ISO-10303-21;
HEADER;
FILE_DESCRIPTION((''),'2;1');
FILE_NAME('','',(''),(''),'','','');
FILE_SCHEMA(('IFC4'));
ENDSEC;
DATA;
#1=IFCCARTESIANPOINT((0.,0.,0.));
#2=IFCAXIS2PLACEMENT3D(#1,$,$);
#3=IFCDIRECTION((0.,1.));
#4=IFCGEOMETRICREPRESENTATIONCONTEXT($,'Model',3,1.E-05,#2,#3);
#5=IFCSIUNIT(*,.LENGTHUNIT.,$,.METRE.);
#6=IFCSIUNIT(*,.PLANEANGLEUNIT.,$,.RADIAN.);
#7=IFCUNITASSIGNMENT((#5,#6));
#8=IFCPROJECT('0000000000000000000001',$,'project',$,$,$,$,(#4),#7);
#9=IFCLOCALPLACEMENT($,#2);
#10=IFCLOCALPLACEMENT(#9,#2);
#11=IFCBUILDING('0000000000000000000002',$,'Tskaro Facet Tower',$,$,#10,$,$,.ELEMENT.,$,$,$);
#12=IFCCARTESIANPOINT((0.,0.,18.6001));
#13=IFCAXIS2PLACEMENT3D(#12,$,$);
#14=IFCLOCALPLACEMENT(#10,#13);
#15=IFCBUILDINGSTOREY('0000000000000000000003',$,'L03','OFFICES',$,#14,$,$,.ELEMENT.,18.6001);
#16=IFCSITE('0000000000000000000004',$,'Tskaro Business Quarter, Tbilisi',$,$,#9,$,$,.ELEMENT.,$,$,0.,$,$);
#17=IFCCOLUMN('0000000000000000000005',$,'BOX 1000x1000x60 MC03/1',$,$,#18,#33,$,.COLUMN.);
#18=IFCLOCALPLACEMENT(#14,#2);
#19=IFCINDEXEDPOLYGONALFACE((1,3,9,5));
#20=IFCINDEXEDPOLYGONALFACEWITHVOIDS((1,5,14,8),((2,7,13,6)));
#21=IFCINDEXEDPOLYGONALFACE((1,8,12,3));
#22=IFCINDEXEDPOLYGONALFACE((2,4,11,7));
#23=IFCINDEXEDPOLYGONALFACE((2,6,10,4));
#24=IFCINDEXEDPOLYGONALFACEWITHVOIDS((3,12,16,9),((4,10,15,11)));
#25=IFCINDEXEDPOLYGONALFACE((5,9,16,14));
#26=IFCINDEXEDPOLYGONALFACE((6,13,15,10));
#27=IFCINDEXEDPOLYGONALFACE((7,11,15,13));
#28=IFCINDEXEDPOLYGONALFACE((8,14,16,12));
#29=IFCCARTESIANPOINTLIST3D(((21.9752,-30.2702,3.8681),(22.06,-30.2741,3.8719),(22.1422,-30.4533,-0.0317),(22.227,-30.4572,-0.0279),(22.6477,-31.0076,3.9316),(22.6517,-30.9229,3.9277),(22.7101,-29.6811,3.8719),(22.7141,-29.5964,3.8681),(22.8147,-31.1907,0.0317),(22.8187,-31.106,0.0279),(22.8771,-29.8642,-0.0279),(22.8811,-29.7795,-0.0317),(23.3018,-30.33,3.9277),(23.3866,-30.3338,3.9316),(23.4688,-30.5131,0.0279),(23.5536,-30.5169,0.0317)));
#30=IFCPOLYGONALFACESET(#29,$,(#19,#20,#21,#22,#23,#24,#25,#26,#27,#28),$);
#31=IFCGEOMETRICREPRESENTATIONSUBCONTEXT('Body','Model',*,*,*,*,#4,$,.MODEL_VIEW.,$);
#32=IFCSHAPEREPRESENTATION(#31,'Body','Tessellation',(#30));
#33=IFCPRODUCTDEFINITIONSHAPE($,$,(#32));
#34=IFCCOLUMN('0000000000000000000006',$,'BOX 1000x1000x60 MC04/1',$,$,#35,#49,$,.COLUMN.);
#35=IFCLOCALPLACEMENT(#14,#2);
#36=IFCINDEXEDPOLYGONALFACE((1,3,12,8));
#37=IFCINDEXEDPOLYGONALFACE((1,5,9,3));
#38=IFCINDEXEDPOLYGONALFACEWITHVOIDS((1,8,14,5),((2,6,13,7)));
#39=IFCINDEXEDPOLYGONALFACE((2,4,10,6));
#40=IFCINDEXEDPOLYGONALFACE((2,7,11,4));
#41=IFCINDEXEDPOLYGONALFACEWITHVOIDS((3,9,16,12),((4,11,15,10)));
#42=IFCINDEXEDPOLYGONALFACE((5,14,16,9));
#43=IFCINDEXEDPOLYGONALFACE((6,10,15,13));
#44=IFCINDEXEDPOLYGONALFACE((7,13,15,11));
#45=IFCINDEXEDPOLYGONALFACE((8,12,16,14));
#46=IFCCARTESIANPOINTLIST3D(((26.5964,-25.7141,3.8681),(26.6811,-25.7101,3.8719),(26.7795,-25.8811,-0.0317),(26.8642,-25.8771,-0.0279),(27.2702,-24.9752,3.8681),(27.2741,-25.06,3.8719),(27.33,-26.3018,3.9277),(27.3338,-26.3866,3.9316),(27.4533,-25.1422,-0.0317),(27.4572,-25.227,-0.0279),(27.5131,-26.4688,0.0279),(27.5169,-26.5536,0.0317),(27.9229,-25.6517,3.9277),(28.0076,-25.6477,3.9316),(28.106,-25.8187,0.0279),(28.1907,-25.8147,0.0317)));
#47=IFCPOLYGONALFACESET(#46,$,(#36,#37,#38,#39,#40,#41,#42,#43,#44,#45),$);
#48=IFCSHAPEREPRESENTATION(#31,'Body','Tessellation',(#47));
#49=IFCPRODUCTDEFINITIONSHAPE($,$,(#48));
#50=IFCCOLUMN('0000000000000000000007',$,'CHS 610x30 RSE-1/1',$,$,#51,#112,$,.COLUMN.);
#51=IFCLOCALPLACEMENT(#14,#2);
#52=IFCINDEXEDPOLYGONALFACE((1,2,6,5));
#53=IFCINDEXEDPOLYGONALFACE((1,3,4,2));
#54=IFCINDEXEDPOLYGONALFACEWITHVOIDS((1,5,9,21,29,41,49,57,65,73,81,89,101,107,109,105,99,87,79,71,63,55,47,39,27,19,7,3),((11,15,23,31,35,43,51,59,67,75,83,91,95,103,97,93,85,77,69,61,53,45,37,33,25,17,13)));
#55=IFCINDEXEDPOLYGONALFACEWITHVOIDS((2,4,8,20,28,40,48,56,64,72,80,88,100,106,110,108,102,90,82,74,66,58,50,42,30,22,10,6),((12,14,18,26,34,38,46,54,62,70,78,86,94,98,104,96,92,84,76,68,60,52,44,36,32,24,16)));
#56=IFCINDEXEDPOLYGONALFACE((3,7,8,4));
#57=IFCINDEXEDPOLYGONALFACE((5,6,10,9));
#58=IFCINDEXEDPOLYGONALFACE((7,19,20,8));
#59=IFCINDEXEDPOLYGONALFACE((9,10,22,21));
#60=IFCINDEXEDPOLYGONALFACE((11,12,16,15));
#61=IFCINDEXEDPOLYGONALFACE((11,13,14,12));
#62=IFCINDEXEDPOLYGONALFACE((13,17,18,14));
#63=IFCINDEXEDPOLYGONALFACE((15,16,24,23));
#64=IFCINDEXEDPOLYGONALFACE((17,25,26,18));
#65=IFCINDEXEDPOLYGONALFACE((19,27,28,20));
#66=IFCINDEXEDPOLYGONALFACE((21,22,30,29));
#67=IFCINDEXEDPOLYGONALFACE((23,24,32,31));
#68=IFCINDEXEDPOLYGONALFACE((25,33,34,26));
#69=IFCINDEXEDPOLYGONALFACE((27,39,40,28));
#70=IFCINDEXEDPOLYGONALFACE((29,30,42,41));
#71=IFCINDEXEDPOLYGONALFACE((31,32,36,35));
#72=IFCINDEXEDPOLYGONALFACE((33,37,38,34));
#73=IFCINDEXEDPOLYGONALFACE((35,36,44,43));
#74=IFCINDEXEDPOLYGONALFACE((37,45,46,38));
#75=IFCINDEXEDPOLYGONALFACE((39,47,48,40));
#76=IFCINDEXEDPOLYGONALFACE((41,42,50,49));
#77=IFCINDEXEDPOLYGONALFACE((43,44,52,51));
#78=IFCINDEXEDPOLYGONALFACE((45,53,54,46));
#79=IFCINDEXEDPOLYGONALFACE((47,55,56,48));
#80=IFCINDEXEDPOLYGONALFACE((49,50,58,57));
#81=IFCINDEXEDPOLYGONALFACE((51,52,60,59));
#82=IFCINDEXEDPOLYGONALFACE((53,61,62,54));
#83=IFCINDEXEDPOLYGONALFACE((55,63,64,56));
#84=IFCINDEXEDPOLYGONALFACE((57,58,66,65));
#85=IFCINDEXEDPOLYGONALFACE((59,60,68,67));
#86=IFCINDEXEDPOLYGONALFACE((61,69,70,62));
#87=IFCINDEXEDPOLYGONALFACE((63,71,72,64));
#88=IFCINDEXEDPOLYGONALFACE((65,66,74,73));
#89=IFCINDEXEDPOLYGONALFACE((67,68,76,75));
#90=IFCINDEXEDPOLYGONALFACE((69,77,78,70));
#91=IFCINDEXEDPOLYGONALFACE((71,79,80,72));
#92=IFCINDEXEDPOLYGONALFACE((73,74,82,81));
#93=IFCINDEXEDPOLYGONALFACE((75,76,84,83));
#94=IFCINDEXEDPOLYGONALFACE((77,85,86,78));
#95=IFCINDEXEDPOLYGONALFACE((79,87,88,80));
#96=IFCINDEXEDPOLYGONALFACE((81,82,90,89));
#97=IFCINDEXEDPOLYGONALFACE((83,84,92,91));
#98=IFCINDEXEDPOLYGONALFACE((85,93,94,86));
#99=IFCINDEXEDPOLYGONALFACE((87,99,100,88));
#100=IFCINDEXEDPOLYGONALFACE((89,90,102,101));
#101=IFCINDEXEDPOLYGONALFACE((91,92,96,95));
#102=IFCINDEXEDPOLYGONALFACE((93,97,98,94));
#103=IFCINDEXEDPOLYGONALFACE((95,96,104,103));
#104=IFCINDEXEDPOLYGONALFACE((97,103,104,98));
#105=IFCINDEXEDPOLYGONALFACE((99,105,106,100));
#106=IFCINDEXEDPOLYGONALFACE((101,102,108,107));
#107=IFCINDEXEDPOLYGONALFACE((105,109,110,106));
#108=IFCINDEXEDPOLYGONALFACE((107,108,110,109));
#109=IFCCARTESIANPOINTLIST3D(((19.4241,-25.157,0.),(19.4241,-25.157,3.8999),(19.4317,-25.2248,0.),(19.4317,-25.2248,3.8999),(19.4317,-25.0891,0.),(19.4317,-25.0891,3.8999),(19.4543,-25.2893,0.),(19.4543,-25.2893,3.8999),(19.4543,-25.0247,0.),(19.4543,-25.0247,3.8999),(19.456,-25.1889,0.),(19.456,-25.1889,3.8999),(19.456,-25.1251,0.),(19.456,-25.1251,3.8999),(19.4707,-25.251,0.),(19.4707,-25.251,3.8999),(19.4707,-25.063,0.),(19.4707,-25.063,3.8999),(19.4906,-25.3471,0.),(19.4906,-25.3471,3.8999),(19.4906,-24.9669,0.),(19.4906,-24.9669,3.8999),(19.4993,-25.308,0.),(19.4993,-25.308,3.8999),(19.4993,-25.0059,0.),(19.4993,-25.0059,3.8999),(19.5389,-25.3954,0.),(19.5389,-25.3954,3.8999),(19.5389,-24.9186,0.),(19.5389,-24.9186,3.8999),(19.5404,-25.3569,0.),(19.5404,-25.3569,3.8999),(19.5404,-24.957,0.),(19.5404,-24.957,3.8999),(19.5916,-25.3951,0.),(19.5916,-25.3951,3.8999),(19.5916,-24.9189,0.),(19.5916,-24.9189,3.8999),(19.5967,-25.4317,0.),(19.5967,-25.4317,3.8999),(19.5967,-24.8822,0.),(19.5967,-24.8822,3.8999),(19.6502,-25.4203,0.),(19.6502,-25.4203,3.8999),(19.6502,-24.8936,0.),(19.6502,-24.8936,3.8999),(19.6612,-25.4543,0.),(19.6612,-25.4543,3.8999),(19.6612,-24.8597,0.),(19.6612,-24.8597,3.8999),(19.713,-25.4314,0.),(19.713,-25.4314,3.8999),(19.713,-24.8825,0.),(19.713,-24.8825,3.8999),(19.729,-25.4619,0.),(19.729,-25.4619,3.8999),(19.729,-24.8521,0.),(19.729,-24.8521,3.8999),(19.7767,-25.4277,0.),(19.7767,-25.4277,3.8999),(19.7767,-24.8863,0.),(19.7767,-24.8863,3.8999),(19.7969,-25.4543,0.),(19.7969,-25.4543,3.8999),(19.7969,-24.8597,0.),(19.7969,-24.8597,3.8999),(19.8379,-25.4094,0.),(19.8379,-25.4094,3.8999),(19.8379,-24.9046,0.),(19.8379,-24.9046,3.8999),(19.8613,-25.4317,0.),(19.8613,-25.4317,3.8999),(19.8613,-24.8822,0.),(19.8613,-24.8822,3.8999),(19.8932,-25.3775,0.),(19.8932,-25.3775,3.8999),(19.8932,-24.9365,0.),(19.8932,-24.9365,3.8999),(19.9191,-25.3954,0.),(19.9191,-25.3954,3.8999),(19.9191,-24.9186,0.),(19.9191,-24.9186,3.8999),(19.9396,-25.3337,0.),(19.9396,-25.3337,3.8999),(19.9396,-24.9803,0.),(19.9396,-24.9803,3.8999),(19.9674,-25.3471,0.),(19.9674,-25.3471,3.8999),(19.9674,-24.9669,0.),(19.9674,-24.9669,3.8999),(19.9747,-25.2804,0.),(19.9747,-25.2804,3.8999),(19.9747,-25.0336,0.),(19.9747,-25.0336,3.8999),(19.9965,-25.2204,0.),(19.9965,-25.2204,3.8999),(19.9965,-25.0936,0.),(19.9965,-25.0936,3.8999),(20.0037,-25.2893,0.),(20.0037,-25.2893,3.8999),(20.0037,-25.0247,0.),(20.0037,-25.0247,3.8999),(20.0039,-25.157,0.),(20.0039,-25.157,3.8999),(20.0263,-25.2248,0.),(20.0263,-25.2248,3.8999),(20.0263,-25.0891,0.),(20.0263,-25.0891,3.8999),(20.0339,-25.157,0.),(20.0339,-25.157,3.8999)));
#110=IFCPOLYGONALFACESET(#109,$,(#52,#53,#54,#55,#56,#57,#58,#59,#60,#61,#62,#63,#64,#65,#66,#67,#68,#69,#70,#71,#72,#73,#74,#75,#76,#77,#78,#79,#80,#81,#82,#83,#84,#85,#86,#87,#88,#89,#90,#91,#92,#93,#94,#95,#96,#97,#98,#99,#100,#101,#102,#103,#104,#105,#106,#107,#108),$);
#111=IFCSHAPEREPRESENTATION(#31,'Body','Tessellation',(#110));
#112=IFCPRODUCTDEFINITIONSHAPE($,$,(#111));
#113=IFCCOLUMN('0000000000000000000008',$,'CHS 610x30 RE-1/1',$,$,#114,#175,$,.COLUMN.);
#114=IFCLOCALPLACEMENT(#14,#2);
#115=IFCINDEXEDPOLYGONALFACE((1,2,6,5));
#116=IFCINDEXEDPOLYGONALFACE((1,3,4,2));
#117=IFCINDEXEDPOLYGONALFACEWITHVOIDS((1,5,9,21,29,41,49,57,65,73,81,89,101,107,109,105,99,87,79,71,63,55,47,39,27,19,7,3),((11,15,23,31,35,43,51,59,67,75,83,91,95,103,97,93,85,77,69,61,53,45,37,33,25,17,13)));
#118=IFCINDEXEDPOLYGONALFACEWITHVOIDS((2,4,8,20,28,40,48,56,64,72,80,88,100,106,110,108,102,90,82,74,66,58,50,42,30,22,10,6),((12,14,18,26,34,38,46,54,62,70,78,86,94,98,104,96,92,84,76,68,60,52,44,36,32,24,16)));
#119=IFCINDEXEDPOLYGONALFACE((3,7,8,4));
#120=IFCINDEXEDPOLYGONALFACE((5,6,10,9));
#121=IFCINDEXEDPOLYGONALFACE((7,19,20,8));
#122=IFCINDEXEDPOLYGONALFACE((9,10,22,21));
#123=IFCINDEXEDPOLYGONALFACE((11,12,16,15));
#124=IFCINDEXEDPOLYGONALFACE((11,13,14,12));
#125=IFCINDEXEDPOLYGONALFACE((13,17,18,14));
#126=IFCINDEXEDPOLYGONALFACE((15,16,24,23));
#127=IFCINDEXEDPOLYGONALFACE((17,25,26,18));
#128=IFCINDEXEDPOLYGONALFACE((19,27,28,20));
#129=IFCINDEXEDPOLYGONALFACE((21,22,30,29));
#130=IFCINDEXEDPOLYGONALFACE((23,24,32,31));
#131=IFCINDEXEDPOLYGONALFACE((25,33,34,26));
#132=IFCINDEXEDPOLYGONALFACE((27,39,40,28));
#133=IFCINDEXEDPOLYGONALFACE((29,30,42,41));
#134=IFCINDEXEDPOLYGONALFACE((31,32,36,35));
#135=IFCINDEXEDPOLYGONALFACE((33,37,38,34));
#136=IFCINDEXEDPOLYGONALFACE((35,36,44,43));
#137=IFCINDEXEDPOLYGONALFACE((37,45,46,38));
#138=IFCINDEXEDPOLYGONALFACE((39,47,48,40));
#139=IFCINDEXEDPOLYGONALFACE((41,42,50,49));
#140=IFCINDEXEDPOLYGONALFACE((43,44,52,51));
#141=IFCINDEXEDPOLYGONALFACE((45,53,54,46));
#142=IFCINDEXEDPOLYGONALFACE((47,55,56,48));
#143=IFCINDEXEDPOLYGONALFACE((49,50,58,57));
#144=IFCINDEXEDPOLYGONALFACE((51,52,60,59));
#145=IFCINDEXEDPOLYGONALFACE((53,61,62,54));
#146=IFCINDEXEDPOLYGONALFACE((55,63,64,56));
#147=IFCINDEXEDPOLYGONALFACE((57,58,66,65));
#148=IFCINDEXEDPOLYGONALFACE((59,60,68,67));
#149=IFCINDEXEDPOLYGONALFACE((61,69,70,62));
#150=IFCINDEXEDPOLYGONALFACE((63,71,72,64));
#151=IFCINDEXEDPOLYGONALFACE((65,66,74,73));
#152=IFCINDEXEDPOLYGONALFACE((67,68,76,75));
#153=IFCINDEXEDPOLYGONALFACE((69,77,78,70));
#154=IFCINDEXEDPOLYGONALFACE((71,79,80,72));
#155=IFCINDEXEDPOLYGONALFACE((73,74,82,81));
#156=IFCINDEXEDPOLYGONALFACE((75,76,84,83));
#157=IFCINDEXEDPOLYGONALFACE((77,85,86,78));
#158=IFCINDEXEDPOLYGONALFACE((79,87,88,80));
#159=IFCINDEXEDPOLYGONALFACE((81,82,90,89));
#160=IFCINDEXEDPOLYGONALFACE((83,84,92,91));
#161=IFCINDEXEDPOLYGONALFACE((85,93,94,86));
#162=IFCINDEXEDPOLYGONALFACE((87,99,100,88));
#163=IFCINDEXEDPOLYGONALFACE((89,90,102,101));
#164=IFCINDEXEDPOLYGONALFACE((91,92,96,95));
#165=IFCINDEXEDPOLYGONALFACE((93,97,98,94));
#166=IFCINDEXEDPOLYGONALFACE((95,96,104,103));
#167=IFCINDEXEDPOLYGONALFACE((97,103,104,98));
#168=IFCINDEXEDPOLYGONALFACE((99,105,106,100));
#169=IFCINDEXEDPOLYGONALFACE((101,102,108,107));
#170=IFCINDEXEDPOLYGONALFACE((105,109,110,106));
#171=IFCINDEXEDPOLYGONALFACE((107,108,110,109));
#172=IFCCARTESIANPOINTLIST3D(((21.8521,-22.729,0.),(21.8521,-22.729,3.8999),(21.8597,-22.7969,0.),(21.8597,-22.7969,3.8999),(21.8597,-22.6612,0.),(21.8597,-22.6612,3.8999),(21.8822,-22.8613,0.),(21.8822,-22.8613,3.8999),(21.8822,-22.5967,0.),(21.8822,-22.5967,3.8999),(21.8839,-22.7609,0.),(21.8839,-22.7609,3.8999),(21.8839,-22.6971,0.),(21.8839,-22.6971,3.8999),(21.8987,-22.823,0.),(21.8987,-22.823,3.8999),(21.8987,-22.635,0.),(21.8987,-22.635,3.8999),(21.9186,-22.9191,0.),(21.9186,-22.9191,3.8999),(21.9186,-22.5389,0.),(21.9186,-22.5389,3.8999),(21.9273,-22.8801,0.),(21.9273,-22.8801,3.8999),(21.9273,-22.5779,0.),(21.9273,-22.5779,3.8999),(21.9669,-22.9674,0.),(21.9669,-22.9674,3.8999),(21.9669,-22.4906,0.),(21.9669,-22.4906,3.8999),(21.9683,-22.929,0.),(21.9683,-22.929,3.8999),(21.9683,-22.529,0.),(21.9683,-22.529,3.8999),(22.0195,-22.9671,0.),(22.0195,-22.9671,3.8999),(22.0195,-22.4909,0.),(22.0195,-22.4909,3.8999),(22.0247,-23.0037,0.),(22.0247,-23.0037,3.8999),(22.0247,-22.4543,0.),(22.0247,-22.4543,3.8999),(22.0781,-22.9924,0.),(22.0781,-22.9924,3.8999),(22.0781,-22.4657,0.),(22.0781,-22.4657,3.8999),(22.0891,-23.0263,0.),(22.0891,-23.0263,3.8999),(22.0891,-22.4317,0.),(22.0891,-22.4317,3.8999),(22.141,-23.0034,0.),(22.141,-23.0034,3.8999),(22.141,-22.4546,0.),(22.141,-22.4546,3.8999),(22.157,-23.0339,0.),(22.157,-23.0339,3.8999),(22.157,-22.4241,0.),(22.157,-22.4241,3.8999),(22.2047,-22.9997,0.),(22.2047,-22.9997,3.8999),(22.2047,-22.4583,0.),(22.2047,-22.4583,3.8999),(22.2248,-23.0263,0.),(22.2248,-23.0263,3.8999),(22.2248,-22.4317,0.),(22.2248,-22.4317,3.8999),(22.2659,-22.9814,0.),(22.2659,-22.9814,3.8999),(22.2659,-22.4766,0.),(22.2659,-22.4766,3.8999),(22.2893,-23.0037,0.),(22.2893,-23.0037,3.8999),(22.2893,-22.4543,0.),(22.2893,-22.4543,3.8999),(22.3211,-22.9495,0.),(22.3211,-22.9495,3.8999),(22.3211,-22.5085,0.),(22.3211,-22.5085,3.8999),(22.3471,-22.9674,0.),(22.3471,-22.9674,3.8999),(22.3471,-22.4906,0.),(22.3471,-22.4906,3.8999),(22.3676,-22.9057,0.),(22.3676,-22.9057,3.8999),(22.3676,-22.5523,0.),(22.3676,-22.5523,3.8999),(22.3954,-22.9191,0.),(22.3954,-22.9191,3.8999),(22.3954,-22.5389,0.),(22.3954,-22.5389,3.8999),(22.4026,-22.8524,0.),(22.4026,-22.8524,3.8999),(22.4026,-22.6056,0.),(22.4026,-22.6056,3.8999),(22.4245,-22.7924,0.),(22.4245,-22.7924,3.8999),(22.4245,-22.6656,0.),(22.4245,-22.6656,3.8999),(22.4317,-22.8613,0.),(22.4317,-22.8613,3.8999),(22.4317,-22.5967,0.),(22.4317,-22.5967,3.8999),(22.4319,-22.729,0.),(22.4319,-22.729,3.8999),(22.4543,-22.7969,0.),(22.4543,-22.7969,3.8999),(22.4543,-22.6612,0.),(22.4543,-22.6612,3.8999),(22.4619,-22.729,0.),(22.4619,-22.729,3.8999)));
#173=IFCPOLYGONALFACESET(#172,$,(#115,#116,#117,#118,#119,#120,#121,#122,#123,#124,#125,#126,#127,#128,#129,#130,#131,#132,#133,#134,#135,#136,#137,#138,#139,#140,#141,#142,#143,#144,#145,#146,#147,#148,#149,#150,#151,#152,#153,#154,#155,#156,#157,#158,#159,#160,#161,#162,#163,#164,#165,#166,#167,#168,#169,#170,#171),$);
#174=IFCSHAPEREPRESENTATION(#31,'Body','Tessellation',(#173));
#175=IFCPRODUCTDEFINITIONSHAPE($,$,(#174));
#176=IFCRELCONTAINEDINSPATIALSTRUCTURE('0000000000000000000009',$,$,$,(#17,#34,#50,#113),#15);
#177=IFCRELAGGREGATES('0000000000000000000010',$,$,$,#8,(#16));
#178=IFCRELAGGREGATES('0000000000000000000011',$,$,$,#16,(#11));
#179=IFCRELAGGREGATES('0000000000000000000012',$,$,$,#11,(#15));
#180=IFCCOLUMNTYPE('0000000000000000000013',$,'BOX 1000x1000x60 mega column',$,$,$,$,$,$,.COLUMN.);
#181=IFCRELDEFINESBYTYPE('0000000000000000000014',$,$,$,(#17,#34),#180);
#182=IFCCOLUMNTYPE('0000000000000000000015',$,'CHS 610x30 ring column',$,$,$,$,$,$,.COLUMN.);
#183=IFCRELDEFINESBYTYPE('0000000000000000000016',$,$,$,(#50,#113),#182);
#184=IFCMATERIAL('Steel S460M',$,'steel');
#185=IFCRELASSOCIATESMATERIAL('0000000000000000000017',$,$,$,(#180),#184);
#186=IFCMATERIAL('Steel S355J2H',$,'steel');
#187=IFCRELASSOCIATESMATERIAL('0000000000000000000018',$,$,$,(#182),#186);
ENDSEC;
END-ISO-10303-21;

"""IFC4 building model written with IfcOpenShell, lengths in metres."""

from ifc_helpers import new_model, si_unit, direction, frame, origin, origin_2d, place, context, subcontext, project, spatial, hollow_rectangle, hollow_circle, extrude, material, material_profile, profile_set, type_object, element, save


model = new_model("IFC4")

# Units and contexts
model_context = context("Model", 3, precision=1e-05, world=origin(), true_north=direction((0.0, 1.0)))
body_context = subcontext(model_context, "Body", "Model", "MODEL_VIEW")
ifc_project = project(units=[si_unit("LENGTHUNIT", "METRE"), si_unit("PLANEANGLEUNIT", "RADIAN")], contexts=[model_context])

# Site, building, storey
site_placement = place(None, origin())
site = spatial("IfcSite", under=ifc_project, at=site_placement, Name="Tskaro Business Quarter, Tbilisi", CompositionType="ELEMENT", RefElevation=0.0)
building_placement = place(site_placement, origin())
building = spatial("IfcBuilding", under=site, at=building_placement, Name="Tskaro Facet Tower", CompositionType="ELEMENT")
storey_placement = place(building_placement, frame((0.0, 0.0, 18.6001)))
storey = spatial("IfcBuildingStorey", under=building, at=storey_placement, Name="L03", Description="OFFICES", CompositionType="ELEMENT", Elevation=18.6001)

# Columns
ifc_material_1 = material(Name="Steel S460M", Category="steel")
ifc_material_profile_1 = material_profile(ifc_material_1, hollow_rectangle(XDim=1.0, YDim=1.0, WallThickness=0.0601, at=origin_2d()), Name="BOX 1000x1000x60")
ifc_profile_set_1 = profile_set([ifc_material_profile_1], Name="Steel S460M")
column_type_1 = type_object("IfcColumnType", Name="BOX 1000x1000x60 mega column", PredefinedType="COLUMN", material=ifc_profile_set_1)
for number, where, z_axis, x_axis, name in (
    (1, (22.8479, -30.4851, 0.0), (-0.042733, 0.046857, 0.997987), (-0.738869, -0.673849, 0.0), "BOX 1000x1000x60 MC03/1"),
    (2, (27.4851, -25.8479, 0.0), (-0.046857, 0.042733, 0.997987), (-0.673849, -0.738869, 0.0), "BOX 1000x1000x60 MC04/1"),
):
    element("IfcColumn", number, at=place(storey_placement, frame(where, z_axis=z_axis, x_axis=x_axis)), inside=storey, type_object=column_type_1, Name=name, PredefinedType="COLUMN", context=body_context, shape_type="SweptSolid", body=[
        extrude(hollow_rectangle(XDim=1.0, YDim=1.0, WallThickness=0.0601, at=origin_2d()), origin(), (0.0, 0.0, 1.0), 3.9077),
    ])
ifc_material_2 = material(Name="Steel S355J2H", Category="steel")
ifc_material_profile_2 = material_profile(ifc_material_2, hollow_circle(Radius=0.3049, WallThickness=0.03, at=origin_2d()), Name="CHS 610x30")
ifc_profile_set_2 = profile_set([ifc_material_profile_2], Name="Steel S355J2H")
column_type_2 = type_object("IfcColumnType", Name="CHS 610x30 ring column", PredefinedType="COLUMN", material=ifc_profile_set_2)
for number, where, z_axis, x_axis, name in (
    (3, (19.729, -25.157, 0.0), (0.0, 0.0, 1.0), (1.0, 0.0, 0.0), "CHS 610x30 RSE-1/1"),
    (4, (22.157, -22.729, 0.0), (0.0, 0.0, 1.0), (1.0, 0.0, 0.0), "CHS 610x30 RE-1/1"),
):
    element("IfcColumn", number, at=place(storey_placement, frame(where, z_axis=z_axis, x_axis=x_axis)), inside=storey, type_object=column_type_2, Name=name, PredefinedType="COLUMN", context=body_context, shape_type="SweptSolid", body=[
        extrude(hollow_circle(Radius=0.3049, WallThickness=0.03, at=origin_2d()), origin(), (0.0, 0.0, 1.0), 3.8999),
    ])

save(model, "model.ifc")
